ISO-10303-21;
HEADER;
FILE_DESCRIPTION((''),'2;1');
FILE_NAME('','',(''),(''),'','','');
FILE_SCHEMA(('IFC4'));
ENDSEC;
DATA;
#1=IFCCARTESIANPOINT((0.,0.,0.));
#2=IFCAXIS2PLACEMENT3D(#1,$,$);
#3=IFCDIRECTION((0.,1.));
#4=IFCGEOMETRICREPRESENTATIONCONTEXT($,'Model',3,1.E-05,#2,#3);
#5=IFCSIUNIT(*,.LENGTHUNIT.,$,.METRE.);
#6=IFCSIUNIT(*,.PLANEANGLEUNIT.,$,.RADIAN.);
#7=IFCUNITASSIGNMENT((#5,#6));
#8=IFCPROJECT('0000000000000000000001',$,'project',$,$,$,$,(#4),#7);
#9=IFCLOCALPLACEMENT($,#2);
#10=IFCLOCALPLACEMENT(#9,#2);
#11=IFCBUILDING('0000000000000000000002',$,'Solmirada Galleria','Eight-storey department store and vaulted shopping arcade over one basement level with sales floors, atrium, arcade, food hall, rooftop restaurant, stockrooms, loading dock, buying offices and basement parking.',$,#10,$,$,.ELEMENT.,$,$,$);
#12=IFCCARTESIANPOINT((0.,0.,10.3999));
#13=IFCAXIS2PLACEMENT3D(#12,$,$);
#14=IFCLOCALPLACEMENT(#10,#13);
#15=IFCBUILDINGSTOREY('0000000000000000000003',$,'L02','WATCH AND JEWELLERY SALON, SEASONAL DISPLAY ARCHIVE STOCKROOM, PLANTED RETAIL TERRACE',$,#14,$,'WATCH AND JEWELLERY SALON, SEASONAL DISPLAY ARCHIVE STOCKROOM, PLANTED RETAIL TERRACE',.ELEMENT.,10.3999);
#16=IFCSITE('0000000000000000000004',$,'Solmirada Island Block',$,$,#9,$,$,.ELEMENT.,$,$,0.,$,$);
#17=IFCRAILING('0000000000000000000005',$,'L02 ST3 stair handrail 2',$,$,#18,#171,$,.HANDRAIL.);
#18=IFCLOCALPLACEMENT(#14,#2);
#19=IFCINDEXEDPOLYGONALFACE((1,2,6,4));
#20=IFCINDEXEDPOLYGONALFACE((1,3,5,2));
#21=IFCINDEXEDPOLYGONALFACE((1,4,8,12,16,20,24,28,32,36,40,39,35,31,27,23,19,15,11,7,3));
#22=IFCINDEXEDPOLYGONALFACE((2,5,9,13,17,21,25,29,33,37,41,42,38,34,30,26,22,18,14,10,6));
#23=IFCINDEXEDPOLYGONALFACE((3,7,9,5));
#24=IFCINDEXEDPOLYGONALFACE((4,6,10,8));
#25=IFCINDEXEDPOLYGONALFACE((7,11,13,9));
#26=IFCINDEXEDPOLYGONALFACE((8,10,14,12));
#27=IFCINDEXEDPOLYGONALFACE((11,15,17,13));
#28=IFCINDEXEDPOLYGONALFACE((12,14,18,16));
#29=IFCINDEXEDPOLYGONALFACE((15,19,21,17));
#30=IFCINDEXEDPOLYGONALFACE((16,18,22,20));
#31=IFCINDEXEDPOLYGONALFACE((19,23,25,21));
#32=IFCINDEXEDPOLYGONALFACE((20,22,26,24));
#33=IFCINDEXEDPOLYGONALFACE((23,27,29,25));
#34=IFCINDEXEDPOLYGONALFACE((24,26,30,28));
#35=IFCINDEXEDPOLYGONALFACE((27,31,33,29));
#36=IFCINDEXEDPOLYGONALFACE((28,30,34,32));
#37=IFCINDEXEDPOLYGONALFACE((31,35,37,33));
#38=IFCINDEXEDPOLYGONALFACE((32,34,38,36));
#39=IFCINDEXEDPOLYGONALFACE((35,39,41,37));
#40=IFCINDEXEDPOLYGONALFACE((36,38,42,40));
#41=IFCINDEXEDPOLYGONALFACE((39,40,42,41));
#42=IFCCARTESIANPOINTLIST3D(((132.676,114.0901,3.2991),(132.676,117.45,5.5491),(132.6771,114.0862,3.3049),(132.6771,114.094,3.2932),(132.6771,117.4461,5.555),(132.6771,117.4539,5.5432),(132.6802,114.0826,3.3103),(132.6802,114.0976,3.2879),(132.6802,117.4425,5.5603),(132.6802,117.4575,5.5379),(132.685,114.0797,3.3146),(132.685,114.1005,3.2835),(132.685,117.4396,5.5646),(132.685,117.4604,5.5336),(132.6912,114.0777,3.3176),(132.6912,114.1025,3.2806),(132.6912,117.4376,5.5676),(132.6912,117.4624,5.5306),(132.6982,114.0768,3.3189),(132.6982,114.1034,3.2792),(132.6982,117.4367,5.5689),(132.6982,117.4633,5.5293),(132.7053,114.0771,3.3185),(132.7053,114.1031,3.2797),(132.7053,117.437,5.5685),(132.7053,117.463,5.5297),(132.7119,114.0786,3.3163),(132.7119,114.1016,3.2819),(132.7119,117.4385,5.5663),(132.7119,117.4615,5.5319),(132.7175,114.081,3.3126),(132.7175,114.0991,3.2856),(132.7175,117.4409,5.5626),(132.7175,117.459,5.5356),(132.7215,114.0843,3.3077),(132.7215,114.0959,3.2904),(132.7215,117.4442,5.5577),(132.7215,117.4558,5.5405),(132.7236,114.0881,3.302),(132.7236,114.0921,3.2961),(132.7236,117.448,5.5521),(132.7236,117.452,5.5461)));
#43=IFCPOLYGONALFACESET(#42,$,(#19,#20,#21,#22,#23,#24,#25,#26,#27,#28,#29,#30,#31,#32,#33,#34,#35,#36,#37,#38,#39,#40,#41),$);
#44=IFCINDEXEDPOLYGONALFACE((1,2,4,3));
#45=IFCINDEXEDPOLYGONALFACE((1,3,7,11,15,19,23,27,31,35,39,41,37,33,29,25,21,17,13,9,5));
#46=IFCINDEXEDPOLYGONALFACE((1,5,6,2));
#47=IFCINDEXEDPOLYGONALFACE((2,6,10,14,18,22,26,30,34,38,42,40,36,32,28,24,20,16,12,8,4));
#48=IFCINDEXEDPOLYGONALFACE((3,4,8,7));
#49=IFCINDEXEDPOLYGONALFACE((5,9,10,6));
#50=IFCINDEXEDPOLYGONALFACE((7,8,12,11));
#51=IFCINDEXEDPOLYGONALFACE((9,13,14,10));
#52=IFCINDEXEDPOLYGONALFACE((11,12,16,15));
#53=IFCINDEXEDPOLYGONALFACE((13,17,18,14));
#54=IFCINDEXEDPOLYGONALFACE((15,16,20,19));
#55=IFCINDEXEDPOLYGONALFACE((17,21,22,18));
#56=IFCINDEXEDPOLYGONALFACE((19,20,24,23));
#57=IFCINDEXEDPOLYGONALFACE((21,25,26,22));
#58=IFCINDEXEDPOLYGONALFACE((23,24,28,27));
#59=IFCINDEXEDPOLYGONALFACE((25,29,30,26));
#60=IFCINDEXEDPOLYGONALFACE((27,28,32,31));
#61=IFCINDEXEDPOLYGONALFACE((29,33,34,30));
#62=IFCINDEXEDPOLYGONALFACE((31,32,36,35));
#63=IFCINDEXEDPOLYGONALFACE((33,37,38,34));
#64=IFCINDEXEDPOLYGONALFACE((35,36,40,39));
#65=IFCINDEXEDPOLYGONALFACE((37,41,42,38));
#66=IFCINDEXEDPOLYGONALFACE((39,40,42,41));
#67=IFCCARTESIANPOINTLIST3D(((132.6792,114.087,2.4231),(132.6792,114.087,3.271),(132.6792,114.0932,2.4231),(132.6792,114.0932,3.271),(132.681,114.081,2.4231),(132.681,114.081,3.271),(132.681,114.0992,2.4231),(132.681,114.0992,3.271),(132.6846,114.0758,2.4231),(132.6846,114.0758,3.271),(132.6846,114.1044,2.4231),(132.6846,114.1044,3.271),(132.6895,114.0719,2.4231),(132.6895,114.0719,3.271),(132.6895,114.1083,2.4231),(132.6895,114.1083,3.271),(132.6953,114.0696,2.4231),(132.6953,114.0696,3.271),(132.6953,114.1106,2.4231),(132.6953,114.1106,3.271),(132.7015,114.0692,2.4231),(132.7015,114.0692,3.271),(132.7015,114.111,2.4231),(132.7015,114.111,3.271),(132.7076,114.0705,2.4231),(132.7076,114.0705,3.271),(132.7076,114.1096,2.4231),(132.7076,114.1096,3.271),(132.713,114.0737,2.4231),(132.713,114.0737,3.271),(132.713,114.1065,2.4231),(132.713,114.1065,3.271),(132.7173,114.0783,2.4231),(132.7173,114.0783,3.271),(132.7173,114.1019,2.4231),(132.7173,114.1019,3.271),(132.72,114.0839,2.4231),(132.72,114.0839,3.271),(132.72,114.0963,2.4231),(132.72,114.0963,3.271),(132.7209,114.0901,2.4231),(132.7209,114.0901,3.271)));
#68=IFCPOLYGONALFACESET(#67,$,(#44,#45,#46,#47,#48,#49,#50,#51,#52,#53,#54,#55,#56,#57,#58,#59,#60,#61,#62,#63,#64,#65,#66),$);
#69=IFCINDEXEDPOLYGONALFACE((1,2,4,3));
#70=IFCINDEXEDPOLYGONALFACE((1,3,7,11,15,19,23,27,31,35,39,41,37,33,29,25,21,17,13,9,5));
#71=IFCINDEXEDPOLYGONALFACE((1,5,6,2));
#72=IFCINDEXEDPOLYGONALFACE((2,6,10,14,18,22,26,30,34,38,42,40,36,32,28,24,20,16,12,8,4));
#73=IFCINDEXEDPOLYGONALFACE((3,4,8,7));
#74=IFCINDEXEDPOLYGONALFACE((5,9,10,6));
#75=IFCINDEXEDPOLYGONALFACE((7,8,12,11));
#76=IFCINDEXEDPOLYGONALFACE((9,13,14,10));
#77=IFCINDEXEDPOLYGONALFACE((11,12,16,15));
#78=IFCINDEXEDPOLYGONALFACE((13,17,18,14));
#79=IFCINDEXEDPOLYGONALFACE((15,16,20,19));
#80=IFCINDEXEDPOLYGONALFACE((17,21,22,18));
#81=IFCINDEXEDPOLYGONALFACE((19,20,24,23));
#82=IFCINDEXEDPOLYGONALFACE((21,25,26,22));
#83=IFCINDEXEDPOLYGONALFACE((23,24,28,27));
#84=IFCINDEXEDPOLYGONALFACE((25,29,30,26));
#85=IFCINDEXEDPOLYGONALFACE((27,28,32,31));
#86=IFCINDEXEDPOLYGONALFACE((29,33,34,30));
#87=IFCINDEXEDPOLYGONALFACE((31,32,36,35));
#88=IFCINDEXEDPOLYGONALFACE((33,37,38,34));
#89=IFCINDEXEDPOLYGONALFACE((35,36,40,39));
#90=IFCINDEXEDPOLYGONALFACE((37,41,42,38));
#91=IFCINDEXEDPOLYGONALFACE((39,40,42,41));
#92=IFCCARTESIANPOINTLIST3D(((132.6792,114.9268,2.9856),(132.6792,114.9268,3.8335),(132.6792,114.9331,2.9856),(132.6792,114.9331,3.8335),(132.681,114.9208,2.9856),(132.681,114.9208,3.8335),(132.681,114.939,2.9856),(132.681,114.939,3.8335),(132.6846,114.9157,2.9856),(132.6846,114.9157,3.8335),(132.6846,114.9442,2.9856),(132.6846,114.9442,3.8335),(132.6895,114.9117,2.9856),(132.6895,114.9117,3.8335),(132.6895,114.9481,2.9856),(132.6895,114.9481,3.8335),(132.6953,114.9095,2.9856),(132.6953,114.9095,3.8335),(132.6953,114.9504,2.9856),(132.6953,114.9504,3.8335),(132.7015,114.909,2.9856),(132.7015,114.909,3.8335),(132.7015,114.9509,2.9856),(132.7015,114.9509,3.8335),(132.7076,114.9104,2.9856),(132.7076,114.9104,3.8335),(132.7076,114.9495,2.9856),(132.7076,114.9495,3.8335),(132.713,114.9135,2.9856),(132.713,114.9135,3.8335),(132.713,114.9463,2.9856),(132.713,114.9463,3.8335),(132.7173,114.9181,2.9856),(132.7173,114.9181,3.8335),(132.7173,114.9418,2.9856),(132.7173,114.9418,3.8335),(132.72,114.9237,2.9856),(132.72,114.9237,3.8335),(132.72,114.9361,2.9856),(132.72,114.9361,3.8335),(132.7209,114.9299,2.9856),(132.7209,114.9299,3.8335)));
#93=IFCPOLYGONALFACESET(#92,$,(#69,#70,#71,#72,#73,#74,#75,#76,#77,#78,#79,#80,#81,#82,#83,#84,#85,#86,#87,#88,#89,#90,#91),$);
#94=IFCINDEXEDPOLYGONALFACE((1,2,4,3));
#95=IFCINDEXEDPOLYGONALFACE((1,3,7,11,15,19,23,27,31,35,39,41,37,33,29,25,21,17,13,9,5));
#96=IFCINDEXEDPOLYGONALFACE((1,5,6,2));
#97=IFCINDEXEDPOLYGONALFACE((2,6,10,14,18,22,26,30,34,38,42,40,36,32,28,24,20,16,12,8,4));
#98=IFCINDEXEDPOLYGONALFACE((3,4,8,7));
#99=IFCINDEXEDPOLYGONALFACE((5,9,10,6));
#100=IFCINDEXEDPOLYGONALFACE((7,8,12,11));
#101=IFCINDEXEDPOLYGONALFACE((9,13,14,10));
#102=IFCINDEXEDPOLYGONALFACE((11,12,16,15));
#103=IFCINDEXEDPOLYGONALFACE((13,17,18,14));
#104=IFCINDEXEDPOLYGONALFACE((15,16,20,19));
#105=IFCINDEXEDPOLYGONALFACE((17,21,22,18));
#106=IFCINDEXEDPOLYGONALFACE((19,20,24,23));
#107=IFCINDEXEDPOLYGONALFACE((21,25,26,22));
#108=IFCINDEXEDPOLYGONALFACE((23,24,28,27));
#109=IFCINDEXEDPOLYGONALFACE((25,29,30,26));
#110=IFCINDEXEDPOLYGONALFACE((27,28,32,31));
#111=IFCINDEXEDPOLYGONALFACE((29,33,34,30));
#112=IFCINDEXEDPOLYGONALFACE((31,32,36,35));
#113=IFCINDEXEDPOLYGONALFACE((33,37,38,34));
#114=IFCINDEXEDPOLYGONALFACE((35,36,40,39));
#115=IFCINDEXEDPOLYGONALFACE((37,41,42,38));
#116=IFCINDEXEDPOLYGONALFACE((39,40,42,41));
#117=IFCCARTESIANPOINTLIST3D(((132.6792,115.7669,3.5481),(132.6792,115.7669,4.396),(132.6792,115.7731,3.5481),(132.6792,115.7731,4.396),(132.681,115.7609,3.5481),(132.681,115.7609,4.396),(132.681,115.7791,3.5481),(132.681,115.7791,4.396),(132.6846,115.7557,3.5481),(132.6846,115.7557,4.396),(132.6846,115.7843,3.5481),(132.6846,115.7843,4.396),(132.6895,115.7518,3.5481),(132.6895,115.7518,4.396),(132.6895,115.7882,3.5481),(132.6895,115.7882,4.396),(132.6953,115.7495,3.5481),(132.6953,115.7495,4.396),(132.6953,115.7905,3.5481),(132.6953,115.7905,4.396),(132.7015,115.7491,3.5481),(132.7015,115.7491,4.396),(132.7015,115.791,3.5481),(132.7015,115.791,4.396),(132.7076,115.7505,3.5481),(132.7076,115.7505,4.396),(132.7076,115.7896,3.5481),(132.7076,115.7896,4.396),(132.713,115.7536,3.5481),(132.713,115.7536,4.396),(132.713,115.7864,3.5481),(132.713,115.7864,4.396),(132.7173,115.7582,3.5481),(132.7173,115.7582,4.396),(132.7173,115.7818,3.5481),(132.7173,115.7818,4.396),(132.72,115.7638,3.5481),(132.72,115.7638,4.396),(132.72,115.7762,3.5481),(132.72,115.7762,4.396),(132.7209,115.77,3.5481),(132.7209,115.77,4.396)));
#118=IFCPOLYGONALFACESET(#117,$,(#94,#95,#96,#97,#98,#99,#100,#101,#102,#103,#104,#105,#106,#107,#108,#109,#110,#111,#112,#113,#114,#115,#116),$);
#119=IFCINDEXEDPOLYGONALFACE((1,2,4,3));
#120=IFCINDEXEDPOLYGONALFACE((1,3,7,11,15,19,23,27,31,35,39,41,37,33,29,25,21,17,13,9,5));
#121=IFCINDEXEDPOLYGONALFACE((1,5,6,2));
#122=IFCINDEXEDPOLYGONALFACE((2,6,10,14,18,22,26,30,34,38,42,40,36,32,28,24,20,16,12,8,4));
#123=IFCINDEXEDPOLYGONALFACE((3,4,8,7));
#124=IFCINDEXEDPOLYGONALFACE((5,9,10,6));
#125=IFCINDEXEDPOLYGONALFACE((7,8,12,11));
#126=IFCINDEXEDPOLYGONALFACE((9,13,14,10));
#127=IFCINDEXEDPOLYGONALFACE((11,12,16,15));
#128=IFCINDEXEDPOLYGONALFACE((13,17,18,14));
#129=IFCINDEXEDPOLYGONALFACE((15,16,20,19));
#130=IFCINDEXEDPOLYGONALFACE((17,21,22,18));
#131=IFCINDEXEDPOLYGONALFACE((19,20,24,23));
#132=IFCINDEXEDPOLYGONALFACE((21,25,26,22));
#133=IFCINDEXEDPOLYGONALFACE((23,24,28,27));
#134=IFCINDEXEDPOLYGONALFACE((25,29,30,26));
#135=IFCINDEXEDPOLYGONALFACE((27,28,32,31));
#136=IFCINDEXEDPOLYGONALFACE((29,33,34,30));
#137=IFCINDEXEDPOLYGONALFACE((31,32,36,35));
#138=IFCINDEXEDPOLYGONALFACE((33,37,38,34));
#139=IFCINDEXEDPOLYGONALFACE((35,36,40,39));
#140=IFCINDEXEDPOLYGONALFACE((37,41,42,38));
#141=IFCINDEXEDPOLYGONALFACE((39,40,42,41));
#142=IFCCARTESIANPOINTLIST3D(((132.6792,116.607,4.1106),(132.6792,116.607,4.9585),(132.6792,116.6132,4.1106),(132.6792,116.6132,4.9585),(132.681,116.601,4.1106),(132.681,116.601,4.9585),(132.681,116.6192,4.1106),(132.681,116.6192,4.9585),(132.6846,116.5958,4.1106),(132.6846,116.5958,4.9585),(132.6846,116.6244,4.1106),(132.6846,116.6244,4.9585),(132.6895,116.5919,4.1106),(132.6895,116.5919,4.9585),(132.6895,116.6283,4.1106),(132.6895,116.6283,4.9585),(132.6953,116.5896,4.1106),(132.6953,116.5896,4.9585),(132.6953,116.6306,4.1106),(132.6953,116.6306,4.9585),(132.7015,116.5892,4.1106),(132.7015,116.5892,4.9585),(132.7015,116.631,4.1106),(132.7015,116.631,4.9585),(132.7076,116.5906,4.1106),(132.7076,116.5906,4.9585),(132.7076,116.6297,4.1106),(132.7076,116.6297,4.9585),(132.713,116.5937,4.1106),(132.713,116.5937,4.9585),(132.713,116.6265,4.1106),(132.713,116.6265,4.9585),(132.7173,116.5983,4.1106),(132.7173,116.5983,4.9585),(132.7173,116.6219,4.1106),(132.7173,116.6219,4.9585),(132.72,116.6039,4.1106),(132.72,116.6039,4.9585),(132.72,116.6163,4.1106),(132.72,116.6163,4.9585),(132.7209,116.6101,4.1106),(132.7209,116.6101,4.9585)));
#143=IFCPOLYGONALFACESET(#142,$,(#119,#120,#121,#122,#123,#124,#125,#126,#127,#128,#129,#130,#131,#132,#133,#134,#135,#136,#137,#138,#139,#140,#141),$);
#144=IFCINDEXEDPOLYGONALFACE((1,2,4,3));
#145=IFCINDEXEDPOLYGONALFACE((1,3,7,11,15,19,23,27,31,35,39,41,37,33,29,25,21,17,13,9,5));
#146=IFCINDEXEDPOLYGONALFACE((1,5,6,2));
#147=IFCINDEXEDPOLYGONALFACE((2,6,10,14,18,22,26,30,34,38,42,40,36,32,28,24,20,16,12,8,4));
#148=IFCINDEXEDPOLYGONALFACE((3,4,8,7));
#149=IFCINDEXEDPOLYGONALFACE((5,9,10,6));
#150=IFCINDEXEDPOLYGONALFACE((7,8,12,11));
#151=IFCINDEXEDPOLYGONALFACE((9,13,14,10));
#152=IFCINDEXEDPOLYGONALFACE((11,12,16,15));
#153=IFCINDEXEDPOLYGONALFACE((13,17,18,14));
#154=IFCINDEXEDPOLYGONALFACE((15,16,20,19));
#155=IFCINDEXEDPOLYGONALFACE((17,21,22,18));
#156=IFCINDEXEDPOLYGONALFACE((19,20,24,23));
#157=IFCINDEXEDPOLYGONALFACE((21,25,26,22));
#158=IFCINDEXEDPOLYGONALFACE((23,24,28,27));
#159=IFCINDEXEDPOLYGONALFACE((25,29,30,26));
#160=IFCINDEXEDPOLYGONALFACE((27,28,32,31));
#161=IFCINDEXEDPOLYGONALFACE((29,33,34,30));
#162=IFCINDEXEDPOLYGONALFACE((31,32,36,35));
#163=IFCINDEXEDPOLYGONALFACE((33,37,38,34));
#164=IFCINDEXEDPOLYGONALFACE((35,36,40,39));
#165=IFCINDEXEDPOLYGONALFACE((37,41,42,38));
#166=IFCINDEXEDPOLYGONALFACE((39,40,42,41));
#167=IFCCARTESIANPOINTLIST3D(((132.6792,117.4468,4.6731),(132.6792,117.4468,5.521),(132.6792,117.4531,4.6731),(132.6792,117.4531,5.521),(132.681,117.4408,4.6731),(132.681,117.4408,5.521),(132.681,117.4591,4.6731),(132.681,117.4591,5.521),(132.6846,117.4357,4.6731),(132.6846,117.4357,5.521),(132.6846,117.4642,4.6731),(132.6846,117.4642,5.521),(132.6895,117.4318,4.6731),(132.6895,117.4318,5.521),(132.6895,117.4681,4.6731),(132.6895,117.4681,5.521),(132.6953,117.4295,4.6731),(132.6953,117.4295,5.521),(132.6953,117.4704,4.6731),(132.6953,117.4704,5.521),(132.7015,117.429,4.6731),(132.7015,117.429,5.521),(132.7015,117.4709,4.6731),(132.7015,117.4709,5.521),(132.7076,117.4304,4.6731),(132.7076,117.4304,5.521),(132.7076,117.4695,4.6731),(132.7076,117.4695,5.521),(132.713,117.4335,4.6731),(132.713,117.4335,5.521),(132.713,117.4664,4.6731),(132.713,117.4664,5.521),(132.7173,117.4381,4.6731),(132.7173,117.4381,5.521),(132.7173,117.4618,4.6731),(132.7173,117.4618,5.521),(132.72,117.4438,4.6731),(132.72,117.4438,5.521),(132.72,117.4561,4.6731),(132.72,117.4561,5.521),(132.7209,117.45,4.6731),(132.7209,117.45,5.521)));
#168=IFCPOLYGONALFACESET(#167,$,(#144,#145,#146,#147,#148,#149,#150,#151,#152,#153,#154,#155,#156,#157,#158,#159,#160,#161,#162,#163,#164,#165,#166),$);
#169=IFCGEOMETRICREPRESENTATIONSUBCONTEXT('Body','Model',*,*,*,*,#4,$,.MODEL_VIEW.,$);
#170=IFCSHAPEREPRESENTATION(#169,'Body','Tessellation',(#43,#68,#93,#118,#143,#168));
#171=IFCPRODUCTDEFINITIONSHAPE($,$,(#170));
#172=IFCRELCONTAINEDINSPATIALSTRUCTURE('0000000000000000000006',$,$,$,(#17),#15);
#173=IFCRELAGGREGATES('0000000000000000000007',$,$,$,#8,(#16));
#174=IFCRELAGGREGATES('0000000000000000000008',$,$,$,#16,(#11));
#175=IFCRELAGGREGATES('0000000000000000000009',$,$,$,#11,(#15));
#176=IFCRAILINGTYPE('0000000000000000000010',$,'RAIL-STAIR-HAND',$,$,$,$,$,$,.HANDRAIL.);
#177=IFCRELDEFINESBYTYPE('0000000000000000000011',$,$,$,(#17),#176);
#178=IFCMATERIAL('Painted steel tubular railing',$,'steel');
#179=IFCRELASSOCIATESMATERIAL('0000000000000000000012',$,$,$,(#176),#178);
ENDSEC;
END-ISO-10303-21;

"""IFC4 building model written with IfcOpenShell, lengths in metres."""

from ifc_helpers import new_model, si_unit, direction, frame, origin, origin_2d, place, context, subcontext, project, spatial, circle, extrude, material, type_object, element, save


model = new_model("IFC4")

# Units and contexts
model_context = context("Model", 3, precision=1e-05, world=origin(), true_north=direction((0.0, 1.0)))
body_context = subcontext(model_context, "Body", "Model", "MODEL_VIEW")
ifc_project = project(units=[si_unit("LENGTHUNIT", "METRE"), si_unit("PLANEANGLEUNIT", "RADIAN")], contexts=[model_context])

# Site, building, storey
site_placement = place(None, origin())
site = spatial("IfcSite", under=ifc_project, at=site_placement, Name="Solmirada Island Block", CompositionType="ELEMENT", RefElevation=0.0)
building_placement = place(site_placement, origin())
building = spatial("IfcBuilding", under=site, at=building_placement, Name="Solmirada Galleria", Description="Eight-storey department store and vaulted shopping arcade over one basement level with sales floors, atrium, arcade, food hall, rooftop restaurant, stockrooms, loading dock, buying offices and basement parking.", CompositionType="ELEMENT")
storey_placement = place(building_placement, frame((0.0, 0.0, 10.3999)))
storey = spatial("IfcBuildingStorey", under=building, at=storey_placement, Name="L02", Description="WATCH AND JEWELLERY SALON, SEASONAL DISPLAY ARCHIVE STOCKROOM, PLANTED RETAIL TERRACE", LongName="WATCH AND JEWELLERY SALON, SEASONAL DISPLAY ARCHIVE STOCKROOM, PLANTED RETAIL TERRACE", CompositionType="ELEMENT", Elevation=10.3999)

# Railing
ifc_material_1 = material(Name="Painted steel tubular railing", Category="steel")
railing_type_1 = type_object("IfcRailingType", Name="RAIL-STAIR-HAND", PredefinedType="HANDRAIL", material=ifc_material_1)
railing_1_placement = place(storey_placement, frame((132.7, 114.0901, 2.4231)))
element("IfcRailing", 1, at=railing_1_placement, inside=storey, type_object=railing_type_1, Name="L02 ST3 stair handrail 2", PredefinedType="HANDRAIL", context=body_context, shape_type="SweptSolid", body=[
    extrude(circle(Radius=0.0239, at=origin_2d()), frame((0.0, 0.0, 0.876), z_axis=(0.0, 0.830897, 0.556427), x_axis=(-1.0, 0.0, 0.0)), (0.0, 0.0, 1.0), 4.0437),
    extrude(circle(Radius=0.021, at=origin_2d()), origin(), (0.0, 0.0, 1.0), 0.8479),
    extrude(circle(Radius=0.021, at=origin_2d()), frame((0.0, 0.8398, 0.5625)), (0.0, 0.0, 1.0), 0.8479),
    extrude(circle(Radius=0.021, at=origin_2d()), frame((0.0, 1.6799, 1.125)), (0.0, 0.0, 1.0), 0.8479),
    extrude(circle(Radius=0.021, at=origin_2d()), frame((0.0, 2.52, 1.6875)), (0.0, 0.0, 1.0), 0.8479),
    extrude(circle(Radius=0.021, at=origin_2d()), frame((0.0, 3.3599, 2.25)), (0.0, 0.0, 1.0), 0.8479),
])

save(model, "model.ifc")
